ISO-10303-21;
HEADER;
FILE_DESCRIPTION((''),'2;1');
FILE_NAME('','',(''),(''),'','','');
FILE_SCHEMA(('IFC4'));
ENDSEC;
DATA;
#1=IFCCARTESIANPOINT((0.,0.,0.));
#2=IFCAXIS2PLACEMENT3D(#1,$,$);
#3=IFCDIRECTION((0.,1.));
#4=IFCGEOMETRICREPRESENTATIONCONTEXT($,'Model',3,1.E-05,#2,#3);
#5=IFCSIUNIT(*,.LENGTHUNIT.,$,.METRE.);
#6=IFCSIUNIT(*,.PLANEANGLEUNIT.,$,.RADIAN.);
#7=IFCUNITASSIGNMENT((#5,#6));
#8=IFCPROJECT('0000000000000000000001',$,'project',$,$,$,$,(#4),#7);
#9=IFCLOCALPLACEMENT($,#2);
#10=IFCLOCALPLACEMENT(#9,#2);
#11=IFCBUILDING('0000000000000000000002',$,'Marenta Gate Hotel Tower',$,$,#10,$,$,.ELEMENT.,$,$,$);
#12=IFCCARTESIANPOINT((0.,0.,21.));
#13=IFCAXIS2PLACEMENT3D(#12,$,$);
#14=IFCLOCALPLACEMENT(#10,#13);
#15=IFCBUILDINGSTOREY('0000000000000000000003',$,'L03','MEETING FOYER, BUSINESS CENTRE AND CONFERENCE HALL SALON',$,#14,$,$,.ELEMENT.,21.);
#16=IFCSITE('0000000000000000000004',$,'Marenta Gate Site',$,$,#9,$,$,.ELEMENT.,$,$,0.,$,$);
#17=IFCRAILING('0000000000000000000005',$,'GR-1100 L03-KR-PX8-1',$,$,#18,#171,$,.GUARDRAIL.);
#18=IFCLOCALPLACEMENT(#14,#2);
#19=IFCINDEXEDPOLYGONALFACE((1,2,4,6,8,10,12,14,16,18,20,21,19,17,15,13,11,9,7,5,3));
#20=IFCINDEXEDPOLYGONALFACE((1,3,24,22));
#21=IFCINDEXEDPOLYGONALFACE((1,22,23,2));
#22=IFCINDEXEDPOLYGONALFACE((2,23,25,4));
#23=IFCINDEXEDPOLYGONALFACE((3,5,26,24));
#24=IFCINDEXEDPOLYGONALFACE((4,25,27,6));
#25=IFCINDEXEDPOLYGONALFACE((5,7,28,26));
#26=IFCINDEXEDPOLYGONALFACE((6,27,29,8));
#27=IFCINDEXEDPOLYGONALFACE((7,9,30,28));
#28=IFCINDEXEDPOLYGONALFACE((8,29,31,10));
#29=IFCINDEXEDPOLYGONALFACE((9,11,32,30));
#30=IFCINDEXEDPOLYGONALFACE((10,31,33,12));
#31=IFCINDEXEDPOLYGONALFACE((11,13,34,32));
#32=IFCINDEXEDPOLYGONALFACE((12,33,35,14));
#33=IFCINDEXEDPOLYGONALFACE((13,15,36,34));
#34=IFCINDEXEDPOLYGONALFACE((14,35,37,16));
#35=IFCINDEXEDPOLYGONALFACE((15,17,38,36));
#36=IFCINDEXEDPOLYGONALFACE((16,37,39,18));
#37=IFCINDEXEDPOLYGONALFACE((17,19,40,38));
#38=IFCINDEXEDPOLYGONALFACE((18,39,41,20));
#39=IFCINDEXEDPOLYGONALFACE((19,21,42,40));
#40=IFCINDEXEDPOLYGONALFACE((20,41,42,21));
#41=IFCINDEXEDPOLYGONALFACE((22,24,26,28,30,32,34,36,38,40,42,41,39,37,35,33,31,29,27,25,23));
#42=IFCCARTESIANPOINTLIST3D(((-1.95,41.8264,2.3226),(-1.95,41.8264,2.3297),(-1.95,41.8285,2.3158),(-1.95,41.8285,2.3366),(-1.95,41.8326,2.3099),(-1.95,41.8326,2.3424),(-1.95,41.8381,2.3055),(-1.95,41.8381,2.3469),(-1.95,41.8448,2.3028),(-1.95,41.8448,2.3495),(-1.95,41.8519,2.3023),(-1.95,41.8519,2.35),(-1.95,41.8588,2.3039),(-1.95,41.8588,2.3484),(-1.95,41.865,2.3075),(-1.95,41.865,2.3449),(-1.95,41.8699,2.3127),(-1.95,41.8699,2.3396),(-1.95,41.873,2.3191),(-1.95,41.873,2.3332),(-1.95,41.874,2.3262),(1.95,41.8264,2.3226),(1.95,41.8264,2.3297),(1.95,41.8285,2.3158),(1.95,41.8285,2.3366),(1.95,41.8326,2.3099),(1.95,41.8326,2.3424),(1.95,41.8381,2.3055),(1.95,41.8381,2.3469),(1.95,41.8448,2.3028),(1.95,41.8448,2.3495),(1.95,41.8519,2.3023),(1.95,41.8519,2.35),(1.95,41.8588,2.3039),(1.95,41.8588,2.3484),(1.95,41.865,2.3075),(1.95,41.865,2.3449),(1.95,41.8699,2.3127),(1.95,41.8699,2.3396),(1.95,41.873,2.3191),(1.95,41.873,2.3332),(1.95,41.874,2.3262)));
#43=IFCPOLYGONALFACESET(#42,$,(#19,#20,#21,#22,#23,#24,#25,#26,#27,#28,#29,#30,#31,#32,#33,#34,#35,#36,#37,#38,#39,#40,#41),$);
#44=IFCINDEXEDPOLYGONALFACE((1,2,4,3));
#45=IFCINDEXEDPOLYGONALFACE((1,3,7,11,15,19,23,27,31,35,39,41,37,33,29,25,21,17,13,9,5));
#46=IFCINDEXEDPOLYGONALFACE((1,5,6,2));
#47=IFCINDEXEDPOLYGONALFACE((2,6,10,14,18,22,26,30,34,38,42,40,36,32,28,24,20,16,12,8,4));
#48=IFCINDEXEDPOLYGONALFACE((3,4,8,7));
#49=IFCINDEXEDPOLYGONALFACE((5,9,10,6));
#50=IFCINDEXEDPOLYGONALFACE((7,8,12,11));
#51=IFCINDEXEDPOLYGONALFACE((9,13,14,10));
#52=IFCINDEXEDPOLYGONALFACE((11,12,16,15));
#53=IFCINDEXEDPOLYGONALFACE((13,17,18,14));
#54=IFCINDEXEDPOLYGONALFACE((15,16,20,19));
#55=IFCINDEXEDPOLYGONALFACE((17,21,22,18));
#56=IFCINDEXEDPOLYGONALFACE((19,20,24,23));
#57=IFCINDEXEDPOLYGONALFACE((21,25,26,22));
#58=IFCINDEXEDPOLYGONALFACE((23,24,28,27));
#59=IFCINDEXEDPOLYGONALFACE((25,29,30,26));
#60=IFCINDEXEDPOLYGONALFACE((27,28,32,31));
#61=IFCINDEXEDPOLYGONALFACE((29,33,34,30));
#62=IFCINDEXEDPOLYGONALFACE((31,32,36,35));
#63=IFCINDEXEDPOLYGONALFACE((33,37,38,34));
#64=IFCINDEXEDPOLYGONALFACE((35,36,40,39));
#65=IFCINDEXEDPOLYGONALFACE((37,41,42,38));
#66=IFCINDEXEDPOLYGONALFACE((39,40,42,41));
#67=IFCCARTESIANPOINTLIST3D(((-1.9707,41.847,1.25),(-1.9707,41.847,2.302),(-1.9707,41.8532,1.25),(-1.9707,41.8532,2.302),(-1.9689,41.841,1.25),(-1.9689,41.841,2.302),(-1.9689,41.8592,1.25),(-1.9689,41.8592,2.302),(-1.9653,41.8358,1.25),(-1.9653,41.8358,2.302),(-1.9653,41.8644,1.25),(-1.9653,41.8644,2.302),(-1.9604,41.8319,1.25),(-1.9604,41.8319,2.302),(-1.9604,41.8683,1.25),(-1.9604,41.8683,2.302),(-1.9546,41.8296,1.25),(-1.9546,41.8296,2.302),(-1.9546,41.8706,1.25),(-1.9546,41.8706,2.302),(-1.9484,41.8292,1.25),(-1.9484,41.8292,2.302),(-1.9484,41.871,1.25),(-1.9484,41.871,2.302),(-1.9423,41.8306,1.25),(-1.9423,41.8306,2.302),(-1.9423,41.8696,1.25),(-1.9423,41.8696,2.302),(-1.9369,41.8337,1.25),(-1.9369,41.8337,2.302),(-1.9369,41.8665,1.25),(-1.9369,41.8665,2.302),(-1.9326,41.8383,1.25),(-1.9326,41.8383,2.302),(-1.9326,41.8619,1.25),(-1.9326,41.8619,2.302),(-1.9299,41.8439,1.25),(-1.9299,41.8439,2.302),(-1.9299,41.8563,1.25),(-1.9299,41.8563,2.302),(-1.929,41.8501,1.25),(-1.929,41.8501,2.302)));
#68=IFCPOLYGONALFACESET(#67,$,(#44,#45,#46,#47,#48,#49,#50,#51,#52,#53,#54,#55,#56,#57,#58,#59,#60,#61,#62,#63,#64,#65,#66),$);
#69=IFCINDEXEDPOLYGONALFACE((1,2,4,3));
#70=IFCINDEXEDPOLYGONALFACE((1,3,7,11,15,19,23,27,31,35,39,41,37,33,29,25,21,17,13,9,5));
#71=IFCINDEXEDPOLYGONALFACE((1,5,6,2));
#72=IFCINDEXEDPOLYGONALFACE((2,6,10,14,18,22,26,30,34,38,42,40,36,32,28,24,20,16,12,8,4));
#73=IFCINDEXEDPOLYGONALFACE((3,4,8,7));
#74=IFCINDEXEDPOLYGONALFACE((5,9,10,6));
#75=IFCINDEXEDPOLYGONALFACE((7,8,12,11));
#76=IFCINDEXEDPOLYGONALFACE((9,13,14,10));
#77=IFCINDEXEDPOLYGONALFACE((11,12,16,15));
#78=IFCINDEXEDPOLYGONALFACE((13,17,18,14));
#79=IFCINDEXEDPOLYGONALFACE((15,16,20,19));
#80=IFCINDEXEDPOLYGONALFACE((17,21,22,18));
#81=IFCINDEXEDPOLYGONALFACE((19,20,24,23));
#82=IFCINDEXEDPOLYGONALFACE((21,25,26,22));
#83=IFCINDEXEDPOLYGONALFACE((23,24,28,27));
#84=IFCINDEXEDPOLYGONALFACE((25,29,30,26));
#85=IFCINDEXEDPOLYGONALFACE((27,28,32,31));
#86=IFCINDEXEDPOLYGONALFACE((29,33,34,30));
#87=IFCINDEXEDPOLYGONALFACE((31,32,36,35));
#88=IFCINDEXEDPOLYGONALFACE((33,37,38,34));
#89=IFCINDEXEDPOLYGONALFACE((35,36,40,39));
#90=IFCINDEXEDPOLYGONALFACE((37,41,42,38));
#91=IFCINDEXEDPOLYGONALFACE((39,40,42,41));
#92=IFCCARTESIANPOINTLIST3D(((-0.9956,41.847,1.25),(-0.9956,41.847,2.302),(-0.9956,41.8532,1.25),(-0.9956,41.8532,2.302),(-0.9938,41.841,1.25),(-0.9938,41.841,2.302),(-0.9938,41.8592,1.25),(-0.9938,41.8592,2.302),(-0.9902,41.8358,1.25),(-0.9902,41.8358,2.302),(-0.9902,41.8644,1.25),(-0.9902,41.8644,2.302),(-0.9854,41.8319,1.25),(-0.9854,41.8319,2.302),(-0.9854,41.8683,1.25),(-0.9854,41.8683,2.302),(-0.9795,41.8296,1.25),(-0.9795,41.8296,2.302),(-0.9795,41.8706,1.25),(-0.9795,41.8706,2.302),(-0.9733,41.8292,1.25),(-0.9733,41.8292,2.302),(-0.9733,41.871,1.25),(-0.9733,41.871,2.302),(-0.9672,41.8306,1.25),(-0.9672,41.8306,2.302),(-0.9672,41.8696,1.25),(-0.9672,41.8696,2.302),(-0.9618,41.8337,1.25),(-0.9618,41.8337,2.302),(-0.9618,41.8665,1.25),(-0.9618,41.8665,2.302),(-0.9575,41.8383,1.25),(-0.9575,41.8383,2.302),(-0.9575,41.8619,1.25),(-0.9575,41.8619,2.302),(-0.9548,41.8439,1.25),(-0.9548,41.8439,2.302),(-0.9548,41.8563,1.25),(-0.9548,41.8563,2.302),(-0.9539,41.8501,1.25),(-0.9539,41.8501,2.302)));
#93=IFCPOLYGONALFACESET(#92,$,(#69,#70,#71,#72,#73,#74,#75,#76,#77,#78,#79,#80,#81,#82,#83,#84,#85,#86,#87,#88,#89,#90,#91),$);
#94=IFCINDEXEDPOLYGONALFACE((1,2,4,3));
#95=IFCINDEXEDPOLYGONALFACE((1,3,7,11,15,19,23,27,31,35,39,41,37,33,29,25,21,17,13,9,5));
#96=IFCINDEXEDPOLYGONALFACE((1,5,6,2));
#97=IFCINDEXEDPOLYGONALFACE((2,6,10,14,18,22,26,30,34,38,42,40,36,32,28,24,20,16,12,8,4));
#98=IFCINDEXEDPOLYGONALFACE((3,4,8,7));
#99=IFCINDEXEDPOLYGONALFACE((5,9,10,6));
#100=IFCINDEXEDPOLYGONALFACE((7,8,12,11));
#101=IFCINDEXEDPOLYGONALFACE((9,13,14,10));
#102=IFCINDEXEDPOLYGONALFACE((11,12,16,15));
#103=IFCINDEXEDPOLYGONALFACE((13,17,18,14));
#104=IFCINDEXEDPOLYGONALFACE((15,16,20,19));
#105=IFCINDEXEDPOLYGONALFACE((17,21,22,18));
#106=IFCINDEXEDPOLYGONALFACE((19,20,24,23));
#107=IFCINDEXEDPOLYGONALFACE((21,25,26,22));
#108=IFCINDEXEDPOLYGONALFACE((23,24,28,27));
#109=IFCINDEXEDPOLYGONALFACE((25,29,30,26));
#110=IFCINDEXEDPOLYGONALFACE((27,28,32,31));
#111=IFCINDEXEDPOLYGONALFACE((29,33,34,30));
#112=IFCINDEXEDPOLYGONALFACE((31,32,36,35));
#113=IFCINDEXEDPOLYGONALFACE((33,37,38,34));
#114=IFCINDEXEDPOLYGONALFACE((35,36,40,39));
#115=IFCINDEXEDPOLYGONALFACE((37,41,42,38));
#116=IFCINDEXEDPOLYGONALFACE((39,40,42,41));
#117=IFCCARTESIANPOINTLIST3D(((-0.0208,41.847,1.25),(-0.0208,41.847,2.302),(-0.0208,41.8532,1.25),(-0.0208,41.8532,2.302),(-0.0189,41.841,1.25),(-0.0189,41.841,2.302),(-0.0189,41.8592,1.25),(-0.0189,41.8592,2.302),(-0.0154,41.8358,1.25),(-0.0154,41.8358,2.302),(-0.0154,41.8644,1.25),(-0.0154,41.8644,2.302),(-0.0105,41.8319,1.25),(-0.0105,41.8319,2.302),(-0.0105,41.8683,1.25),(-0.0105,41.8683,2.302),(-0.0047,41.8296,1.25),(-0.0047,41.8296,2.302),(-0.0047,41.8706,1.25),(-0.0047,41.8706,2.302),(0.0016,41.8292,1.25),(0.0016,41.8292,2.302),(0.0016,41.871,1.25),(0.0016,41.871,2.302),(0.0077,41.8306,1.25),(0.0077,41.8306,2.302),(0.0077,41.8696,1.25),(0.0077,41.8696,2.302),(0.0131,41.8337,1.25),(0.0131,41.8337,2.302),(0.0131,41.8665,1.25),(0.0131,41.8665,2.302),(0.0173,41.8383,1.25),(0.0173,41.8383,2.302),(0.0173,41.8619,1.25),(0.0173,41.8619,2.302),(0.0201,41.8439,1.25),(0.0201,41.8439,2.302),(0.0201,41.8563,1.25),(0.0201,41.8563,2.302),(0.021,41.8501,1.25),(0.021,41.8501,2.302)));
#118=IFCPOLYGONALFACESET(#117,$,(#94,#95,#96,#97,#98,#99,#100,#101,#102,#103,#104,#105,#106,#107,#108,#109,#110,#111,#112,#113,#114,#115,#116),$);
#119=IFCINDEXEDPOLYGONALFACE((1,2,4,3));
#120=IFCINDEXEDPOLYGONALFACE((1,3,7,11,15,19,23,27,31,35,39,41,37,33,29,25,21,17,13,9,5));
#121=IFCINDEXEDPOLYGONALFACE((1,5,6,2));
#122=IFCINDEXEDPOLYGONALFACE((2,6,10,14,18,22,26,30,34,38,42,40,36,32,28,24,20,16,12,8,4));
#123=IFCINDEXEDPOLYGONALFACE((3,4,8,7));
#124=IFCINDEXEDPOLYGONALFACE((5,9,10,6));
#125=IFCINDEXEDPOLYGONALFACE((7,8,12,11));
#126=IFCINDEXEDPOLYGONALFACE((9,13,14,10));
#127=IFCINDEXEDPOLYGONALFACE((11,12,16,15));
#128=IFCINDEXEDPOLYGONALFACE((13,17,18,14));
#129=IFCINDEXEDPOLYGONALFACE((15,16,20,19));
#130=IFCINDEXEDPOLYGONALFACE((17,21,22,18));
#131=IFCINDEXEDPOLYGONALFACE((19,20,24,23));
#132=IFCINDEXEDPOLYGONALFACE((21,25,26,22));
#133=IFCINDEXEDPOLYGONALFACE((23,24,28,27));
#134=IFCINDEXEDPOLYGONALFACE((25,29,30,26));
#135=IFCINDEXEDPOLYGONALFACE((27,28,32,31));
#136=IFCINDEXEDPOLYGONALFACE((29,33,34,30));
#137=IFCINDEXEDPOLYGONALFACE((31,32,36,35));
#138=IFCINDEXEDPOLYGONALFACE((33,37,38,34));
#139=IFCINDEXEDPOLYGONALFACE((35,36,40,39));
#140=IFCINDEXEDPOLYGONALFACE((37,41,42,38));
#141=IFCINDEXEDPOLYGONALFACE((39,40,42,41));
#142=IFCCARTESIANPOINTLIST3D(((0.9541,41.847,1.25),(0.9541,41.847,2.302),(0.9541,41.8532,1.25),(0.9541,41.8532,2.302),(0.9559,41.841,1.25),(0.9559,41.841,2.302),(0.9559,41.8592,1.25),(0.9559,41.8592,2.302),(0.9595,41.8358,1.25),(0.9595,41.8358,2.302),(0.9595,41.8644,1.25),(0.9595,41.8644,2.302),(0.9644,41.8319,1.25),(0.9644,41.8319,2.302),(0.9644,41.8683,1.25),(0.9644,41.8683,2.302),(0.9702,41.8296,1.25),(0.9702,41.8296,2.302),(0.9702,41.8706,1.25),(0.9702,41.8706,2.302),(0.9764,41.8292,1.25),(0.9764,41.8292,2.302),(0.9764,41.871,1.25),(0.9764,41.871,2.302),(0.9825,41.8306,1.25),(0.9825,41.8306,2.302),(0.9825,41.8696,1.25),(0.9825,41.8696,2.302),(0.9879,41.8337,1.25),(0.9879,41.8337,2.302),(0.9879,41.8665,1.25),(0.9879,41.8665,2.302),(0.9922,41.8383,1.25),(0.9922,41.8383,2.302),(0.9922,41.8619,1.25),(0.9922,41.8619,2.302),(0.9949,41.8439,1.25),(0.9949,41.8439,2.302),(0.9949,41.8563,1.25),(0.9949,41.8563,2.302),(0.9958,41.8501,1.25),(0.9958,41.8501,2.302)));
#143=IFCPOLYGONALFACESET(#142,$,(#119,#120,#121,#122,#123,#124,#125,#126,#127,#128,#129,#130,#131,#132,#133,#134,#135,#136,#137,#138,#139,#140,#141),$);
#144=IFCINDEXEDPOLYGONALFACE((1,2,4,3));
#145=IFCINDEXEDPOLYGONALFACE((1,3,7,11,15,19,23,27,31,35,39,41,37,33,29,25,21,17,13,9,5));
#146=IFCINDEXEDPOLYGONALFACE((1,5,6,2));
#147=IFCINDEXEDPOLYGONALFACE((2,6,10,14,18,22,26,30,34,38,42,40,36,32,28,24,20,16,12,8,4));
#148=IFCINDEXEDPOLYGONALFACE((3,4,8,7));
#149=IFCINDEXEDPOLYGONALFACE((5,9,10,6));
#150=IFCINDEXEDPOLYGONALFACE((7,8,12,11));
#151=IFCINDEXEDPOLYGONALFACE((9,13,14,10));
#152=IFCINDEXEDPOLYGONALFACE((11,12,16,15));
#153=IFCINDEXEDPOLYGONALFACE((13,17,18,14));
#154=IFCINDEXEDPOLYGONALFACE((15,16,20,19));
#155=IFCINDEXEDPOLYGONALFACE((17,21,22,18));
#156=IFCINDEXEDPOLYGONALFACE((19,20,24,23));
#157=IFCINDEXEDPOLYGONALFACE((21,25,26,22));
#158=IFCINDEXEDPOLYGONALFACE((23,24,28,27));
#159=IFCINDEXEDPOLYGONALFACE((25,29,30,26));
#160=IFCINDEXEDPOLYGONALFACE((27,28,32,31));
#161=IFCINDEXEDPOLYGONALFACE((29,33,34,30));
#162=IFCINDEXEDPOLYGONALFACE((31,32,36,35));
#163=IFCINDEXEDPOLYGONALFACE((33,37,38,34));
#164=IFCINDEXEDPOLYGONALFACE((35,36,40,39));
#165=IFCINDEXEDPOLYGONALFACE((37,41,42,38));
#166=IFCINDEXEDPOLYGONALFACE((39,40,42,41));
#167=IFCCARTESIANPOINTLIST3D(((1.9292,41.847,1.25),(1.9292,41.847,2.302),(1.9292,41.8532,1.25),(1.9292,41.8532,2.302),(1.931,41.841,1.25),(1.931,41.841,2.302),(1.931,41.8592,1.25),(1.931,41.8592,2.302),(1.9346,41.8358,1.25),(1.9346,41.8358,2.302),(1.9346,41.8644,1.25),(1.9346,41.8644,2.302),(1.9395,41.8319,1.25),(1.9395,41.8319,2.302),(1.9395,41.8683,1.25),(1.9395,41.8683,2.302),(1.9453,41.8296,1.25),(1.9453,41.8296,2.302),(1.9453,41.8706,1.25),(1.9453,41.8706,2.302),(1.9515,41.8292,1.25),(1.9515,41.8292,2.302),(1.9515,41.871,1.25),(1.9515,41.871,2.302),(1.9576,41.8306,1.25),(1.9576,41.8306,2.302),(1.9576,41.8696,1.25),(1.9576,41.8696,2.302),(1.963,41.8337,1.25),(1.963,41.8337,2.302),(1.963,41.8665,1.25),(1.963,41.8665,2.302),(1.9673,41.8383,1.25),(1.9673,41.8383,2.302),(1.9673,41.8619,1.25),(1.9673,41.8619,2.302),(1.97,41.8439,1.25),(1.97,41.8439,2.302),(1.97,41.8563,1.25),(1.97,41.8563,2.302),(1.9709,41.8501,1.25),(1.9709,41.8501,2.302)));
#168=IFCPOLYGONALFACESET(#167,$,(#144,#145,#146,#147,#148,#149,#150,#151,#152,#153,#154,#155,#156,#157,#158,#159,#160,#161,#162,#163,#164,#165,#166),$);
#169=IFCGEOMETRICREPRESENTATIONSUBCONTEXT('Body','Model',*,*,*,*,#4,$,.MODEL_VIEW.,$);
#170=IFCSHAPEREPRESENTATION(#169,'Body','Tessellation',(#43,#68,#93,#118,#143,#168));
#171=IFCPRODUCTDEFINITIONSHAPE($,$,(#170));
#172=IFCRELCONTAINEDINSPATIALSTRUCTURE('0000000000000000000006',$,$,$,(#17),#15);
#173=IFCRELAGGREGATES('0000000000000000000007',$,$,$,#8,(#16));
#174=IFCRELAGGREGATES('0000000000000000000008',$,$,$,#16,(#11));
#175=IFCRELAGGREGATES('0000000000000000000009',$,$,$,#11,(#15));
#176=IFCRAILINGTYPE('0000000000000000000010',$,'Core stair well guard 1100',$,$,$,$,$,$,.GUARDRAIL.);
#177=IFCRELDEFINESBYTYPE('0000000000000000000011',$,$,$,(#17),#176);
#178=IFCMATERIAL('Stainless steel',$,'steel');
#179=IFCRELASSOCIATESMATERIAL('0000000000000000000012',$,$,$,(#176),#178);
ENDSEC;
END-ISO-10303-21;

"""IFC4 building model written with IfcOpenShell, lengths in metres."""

from ifc_helpers import new_model, si_unit, direction, frame, origin, origin_2d, place, context, subcontext, project, spatial, circle, extrude, material, type_object, element, save


model = new_model("IFC4")

# Units and contexts
model_context = context("Model", 3, precision=1e-05, world=origin(), true_north=direction((0.0, 1.0)))
body_context = subcontext(model_context, "Body", "Model", "MODEL_VIEW")
ifc_project = project(units=[si_unit("LENGTHUNIT", "METRE"), si_unit("PLANEANGLEUNIT", "RADIAN")], contexts=[model_context])

# Site, building, storey
site_placement = place(None, origin())
site = spatial("IfcSite", under=ifc_project, at=site_placement, Name="Marenta Gate Site", CompositionType="ELEMENT", RefElevation=0.0)
building_placement = place(site_placement, origin())
building = spatial("IfcBuilding", under=site, at=building_placement, Name="Marenta Gate Hotel Tower", CompositionType="ELEMENT")
storey_placement = place(building_placement, frame((0.0, 0.0, 21.0)))
storey = spatial("IfcBuildingStorey", under=building, at=storey_placement, Name="L03", Description="MEETING FOYER, BUSINESS CENTRE AND CONFERENCE HALL SALON", CompositionType="ELEMENT", Elevation=21.0)

# Railing
ifc_material_1 = material(Name="Stainless steel", Category="steel")
railing_type_1 = type_object("IfcRailingType", Name="Core stair well guard 1100", PredefinedType="GUARDRAIL", material=ifc_material_1)
for number, where, name in (
    (1, (-1.95, 41.8501, 1.25), "GR-1100 L03-KR-PX8-1"),
):
    element("IfcRailing", number, at=place(storey_placement, frame(where)), inside=storey, type_object=railing_type_1, Name=name, PredefinedType="GUARDRAIL", context=body_context, shape_type="SweptSolid", body=[
        extrude(circle(Radius=0.0239, at=origin_2d()), frame((0.0, 0.0, 1.0762), z_axis=(1.0, 0.0, 0.0), x_axis=(0.0, 1.0, 0.0)), (0.0, 0.0, 1.0), 3.8999),
        extrude(circle(Radius=0.021, at=origin_2d()), origin(), (0.0, 0.0, 1.0), 1.052),
        extrude(circle(Radius=0.021, at=origin_2d()), frame((0.9751, 0.0, 0.0)), (0.0, 0.0, 1.0), 1.052),
        extrude(circle(Radius=0.021, at=origin_2d()), frame((1.95, 0.0, 0.0)), (0.0, 0.0, 1.0), 1.052),
        extrude(circle(Radius=0.021, at=origin_2d()), frame((2.9248, 0.0, 0.0)), (0.0, 0.0, 1.0), 1.052),
        extrude(circle(Radius=0.021, at=origin_2d()), frame((3.8999, 0.0, 0.0)), (0.0, 0.0, 1.0), 1.052),
    ])

save(model, "model.ifc")
